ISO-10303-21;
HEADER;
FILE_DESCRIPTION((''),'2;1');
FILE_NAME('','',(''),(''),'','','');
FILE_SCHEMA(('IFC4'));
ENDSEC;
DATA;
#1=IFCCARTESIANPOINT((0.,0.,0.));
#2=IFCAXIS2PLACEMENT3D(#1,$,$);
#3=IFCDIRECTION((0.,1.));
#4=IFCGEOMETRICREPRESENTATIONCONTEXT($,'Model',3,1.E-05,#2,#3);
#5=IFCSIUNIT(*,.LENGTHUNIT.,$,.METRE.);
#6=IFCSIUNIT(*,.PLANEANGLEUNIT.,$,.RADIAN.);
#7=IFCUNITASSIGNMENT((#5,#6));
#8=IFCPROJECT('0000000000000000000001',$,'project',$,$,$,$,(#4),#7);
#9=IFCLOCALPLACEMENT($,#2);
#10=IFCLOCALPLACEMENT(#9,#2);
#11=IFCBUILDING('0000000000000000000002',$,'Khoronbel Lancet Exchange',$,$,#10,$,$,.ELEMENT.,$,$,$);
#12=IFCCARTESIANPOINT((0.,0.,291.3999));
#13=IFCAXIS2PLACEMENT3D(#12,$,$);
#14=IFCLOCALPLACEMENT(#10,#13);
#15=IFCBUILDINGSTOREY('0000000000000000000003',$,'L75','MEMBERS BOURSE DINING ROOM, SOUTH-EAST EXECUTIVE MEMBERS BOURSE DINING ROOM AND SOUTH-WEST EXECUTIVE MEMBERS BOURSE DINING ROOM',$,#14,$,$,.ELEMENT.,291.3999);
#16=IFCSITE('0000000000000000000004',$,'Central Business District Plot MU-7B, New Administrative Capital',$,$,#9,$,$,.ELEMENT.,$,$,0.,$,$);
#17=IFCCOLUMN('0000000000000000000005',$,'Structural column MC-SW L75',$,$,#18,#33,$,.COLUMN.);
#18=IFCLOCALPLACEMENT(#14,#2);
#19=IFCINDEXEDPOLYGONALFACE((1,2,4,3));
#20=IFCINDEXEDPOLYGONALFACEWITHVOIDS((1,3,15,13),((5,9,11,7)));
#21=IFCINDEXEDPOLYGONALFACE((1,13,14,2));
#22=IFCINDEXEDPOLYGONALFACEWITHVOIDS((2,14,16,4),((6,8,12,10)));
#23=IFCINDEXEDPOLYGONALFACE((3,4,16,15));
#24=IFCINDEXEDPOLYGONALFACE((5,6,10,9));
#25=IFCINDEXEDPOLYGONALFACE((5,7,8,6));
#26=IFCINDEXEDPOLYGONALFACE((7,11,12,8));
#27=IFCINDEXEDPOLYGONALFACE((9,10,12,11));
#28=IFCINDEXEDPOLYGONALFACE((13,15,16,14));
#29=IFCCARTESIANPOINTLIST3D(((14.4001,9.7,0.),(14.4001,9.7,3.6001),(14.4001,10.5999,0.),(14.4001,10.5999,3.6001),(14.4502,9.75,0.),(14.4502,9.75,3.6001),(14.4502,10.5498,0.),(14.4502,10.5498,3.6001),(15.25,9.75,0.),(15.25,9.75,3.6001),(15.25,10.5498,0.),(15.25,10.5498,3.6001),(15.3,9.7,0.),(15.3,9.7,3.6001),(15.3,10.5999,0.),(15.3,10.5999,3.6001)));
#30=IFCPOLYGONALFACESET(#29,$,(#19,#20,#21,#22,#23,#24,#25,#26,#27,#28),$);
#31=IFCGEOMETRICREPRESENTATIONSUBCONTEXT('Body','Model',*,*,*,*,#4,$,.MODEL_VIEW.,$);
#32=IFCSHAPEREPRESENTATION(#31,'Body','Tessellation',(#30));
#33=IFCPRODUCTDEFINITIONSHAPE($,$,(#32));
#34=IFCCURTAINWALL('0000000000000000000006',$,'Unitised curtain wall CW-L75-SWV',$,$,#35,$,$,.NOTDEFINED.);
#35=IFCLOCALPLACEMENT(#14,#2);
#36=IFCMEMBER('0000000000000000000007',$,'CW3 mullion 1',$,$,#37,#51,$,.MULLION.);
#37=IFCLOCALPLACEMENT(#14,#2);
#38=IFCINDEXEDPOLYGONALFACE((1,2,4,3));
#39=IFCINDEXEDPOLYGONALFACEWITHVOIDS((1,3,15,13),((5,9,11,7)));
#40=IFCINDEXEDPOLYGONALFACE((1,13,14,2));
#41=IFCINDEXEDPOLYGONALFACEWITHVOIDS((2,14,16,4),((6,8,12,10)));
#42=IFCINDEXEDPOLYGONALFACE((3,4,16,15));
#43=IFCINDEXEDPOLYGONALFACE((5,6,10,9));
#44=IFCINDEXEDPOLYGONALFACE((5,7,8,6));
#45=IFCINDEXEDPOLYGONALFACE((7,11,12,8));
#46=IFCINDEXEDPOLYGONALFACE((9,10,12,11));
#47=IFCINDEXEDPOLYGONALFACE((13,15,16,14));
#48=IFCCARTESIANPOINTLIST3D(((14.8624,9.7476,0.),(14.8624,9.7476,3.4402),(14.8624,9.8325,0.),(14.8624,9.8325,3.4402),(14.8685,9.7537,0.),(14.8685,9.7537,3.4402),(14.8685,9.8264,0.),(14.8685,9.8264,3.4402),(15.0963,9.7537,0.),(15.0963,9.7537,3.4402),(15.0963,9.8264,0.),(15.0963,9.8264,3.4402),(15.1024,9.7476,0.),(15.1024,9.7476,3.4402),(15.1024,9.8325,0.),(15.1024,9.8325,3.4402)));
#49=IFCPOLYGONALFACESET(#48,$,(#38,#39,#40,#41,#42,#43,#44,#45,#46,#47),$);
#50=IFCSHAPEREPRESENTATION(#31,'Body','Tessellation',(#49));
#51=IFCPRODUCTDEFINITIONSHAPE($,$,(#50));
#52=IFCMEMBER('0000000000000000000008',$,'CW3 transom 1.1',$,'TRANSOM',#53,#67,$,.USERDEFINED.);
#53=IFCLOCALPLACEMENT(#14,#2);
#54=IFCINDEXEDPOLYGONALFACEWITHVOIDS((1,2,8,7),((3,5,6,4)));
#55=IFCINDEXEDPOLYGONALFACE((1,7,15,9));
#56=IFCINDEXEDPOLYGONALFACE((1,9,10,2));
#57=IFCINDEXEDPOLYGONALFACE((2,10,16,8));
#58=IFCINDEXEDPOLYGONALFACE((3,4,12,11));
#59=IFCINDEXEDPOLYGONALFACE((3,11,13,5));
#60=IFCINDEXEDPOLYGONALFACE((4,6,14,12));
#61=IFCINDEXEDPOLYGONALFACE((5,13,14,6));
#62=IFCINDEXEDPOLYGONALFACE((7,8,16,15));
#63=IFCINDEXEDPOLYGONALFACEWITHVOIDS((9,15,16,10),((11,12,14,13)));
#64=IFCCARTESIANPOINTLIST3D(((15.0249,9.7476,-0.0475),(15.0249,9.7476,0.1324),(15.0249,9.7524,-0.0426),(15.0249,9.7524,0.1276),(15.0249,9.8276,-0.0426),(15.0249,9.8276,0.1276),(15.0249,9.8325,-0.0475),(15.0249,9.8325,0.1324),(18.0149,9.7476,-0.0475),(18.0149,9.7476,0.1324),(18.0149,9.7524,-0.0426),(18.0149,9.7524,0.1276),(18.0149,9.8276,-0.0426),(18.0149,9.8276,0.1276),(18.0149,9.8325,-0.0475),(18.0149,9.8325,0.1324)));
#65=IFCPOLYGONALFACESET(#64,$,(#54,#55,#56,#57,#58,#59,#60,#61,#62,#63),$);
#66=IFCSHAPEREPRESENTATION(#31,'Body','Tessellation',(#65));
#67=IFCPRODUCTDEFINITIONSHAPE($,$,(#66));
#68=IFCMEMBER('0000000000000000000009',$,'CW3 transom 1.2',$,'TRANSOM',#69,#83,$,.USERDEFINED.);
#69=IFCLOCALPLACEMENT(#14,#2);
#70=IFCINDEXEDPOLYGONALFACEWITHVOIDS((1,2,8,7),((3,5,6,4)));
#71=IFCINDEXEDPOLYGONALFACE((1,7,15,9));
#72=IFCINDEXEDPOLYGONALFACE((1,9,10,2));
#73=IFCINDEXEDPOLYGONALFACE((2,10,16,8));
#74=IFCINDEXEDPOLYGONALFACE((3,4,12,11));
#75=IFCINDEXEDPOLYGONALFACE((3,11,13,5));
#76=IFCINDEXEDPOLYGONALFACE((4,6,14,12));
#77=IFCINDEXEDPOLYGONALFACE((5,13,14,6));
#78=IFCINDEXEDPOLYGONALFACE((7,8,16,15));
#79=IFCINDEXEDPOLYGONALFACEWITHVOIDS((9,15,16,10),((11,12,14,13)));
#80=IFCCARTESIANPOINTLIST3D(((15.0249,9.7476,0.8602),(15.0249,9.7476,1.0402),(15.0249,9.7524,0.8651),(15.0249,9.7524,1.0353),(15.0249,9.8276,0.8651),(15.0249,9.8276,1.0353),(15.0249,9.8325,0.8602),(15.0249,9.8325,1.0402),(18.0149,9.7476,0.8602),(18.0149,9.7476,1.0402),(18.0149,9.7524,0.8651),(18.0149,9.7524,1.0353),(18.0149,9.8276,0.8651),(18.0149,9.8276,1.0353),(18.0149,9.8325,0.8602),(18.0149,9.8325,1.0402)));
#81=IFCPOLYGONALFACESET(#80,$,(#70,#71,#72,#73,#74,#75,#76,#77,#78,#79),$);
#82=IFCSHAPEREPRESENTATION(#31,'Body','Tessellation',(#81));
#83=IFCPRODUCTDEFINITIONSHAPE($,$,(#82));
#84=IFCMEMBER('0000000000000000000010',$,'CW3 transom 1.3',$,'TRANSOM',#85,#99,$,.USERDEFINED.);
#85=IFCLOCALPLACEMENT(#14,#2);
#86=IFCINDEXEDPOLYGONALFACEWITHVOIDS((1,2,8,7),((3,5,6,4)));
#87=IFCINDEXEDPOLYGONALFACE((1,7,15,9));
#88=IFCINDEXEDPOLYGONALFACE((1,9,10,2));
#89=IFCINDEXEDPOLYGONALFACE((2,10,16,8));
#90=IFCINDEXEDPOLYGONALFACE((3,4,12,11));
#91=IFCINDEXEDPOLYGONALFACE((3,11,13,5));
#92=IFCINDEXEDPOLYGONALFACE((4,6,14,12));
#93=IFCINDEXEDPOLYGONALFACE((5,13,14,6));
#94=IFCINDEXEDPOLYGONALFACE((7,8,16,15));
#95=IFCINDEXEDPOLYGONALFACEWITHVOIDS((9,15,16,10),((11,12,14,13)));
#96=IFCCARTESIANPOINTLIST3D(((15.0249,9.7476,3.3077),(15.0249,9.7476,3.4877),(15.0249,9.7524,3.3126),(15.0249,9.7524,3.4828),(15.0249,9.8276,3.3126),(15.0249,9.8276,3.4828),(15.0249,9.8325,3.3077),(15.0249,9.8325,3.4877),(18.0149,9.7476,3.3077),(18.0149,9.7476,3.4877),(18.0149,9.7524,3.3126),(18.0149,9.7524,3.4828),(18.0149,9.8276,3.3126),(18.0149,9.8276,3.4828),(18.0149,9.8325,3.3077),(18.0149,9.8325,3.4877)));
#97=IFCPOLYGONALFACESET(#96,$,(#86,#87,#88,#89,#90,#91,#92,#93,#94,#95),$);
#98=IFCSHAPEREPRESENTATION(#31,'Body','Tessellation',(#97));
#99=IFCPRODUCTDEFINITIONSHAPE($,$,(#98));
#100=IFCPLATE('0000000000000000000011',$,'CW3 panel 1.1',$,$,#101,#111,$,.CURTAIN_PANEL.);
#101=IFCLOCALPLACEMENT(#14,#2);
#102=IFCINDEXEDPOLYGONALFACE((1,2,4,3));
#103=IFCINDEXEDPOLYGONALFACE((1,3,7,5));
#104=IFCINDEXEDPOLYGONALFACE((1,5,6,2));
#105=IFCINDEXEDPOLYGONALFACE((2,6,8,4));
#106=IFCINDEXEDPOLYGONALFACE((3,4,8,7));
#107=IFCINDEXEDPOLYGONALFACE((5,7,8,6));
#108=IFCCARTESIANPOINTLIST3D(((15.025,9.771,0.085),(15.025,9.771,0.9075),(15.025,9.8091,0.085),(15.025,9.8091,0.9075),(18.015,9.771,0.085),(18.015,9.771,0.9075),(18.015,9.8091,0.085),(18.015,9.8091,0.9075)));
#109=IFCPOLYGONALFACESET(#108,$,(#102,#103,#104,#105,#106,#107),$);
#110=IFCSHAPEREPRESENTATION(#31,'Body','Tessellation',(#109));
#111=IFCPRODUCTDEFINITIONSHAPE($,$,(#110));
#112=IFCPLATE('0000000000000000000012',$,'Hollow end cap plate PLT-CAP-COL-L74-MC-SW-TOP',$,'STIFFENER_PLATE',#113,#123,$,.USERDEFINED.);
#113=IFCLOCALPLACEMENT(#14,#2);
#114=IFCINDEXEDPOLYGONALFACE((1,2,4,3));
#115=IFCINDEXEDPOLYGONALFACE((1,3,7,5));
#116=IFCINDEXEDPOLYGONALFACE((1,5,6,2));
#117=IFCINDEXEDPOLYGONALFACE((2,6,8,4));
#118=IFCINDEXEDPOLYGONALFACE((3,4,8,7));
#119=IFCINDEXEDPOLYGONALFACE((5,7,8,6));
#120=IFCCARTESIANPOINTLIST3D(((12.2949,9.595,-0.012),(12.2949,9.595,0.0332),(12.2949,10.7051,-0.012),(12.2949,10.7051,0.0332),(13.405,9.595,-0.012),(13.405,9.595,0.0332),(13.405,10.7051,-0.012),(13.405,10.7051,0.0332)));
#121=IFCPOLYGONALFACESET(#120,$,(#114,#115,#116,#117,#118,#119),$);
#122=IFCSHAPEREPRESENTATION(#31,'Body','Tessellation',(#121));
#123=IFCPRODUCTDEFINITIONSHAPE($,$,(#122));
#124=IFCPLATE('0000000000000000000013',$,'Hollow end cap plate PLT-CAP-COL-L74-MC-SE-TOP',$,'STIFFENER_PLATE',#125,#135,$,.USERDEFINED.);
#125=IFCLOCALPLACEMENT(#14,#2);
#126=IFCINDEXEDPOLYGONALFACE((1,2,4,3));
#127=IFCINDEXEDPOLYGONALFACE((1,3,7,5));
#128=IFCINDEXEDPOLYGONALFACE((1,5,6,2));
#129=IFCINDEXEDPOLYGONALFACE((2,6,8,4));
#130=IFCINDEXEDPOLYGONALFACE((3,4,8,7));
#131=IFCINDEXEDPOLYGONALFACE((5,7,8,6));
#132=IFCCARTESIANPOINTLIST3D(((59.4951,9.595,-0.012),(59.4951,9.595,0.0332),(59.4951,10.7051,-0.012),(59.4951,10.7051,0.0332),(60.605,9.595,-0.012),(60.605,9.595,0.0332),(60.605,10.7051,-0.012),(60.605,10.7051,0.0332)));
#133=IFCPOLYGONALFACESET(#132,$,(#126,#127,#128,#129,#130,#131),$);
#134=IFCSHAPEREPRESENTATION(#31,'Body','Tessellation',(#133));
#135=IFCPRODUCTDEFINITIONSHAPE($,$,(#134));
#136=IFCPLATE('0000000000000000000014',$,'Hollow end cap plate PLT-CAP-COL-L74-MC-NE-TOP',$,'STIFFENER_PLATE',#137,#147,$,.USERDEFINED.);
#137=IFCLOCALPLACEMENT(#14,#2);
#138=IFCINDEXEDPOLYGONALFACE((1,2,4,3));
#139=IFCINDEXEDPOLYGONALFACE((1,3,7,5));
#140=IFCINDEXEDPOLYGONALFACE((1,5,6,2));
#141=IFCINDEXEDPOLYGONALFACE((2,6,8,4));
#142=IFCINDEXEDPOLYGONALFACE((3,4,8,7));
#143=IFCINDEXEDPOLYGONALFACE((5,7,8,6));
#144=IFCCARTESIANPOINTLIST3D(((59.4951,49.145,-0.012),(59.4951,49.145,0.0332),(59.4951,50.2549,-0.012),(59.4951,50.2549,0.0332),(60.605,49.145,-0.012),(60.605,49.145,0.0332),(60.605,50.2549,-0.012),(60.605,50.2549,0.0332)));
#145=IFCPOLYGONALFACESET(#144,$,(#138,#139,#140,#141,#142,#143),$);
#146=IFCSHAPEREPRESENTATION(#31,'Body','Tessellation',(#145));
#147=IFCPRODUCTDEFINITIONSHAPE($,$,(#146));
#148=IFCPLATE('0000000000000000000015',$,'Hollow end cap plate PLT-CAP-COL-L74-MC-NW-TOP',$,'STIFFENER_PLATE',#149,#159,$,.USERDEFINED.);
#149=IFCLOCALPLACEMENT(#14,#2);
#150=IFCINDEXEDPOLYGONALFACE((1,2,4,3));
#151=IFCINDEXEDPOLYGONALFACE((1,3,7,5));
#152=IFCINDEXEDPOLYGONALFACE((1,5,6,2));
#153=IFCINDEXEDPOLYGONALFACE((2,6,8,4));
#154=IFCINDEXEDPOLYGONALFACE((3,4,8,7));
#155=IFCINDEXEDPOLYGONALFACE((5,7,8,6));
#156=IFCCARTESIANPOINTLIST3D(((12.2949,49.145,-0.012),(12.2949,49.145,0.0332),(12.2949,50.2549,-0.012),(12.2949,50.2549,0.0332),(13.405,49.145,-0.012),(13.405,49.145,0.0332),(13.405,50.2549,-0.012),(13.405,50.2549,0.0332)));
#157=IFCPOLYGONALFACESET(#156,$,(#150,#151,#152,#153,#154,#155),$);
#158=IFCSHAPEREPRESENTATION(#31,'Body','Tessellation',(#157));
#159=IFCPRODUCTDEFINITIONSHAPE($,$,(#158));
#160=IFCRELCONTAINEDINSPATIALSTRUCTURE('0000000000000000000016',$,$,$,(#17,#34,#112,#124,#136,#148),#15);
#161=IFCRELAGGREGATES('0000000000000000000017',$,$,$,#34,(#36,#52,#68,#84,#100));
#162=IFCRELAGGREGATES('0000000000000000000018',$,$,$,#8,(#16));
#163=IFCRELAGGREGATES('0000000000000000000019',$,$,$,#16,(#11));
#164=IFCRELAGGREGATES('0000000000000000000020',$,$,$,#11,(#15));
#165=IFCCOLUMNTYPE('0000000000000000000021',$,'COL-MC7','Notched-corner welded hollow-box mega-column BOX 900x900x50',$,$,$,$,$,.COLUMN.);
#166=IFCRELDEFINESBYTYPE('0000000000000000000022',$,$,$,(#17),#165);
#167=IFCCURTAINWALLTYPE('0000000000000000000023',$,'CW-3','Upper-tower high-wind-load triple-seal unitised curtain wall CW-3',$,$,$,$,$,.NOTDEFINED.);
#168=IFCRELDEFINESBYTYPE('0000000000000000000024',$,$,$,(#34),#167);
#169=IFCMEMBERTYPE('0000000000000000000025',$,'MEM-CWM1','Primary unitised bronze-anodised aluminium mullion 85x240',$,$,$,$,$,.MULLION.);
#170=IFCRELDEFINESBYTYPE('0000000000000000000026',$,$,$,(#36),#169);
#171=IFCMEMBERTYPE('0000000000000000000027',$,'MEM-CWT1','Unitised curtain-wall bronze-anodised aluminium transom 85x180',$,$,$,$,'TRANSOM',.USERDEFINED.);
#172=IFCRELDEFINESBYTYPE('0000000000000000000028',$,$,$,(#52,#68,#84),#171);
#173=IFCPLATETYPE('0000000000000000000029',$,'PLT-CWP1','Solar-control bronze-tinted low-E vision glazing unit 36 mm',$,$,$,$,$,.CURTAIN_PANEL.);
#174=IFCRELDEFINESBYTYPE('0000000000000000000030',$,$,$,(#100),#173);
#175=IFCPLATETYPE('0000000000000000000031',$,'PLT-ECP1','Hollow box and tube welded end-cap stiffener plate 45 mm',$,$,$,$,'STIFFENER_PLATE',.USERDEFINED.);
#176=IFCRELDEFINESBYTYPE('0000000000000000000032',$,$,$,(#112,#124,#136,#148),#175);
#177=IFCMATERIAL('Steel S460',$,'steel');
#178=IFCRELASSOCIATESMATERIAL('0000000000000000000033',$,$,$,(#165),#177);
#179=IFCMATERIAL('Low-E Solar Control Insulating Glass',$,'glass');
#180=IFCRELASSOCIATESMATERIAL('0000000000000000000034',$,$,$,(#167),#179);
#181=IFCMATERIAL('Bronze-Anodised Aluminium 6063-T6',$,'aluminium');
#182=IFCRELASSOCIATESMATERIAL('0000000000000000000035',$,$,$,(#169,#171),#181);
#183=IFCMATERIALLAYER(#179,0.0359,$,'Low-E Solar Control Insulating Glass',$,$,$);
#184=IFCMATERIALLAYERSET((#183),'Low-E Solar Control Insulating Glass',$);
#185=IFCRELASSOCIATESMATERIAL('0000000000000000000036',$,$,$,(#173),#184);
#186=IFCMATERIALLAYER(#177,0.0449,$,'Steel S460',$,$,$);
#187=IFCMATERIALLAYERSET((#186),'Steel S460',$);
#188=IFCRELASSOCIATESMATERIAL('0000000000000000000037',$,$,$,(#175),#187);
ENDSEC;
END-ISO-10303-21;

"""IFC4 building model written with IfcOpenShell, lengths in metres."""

from ifc_helpers import new_model, si_unit, direction, frame, origin, origin_2d, place, context, subcontext, project, spatial, polyline, rectangle, hollow_rectangle, outline, extrude, material, layer, layer_set, material_profile, profile_set, type_object, element, aggregate, save


model = new_model("IFC4")

# Units and contexts
model_context = context("Model", 3, precision=1e-05, world=origin(), true_north=direction((0.0, 1.0)))
body_context = subcontext(model_context, "Body", "Model", "MODEL_VIEW")
ifc_project = project(units=[si_unit("LENGTHUNIT", "METRE"), si_unit("PLANEANGLEUNIT", "RADIAN")], contexts=[model_context])

# Site, building, storey
site_placement = place(None, origin())
site = spatial("IfcSite", under=ifc_project, at=site_placement, Name="Central Business District Plot MU-7B, New Administrative Capital", CompositionType="ELEMENT", RefElevation=0.0)
building_placement = place(site_placement, origin())
building = spatial("IfcBuilding", under=site, at=building_placement, Name="Khoronbel Lancet Exchange", CompositionType="ELEMENT")
storey_placement = place(building_placement, frame((0.0, 0.0, 291.3999)))
storey = spatial("IfcBuildingStorey", under=building, at=storey_placement, Name="L75", Description="MEMBERS BOURSE DINING ROOM, SOUTH-EAST EXECUTIVE MEMBERS BOURSE DINING ROOM AND SOUTH-WEST EXECUTIVE MEMBERS BOURSE DINING ROOM", CompositionType="ELEMENT", Elevation=291.3999)

# Column
ifc_material_1 = material(Name="Steel S460", Category="steel")
ifc_material_profile_1 = material_profile(ifc_material_1, hollow_rectangle(XDim=0.8999, YDim=0.8999, WallThickness=0.05, at=origin_2d()), Name="BOX 900x900x50")
ifc_profile_set_1 = profile_set([ifc_material_profile_1], Name="Steel S460")
column_type = type_object("IfcColumnType", Name="COL-MC7", Description="Notched-corner welded hollow-box mega-column BOX 900x900x50", PredefinedType="COLUMN", material=ifc_profile_set_1)
column_placement = place(storey_placement, frame((14.8501, 10.1499, 0.0), z_axis=(0.0, 0.0, 1.0), x_axis=(1.0, 0.0, 0.0)))
element("IfcColumn", 1, at=column_placement, inside=storey, type_object=column_type, Name="Structural column MC-SW L75", PredefinedType="COLUMN", context=body_context, shape_type="SweptSolid", body=[
    extrude(hollow_rectangle(XDim=0.8999, YDim=0.8999, WallThickness=0.05, at=origin_2d()), origin(), (0.0, 0.0, 1.0), 3.6001),
])

# Curtain wall, members, plate
ifc_material_2 = material(Name="Low-E Solar Control Insulating Glass", Category="glass")
curtain_wall_type = type_object("IfcCurtainWallType", Name="CW-3", Description="Upper-tower high-wind-load triple-seal unitised curtain wall CW-3", PredefinedType="NOTDEFINED", material=ifc_material_2)
curtain_wall_placement = place(storey_placement, origin())
curtain_wall = element("IfcCurtainWall", 2, at=curtain_wall_placement, inside=storey, type_object=curtain_wall_type, Name="Unitised curtain wall CW-L75-SWV", PredefinedType="NOTDEFINED")
ifc_material_3 = material(Name="Bronze-Anodised Aluminium 6063-T6", Category="aluminium")
ifc_material_profile_2 = material_profile(ifc_material_3, hollow_rectangle(XDim=0.085, YDim=0.24, WallThickness=0.0061, at=origin_2d()), Name="ALU MULLION 85x240")
ifc_profile_set_2 = profile_set([ifc_material_profile_2], Name="Bronze-Anodised Aluminium 6063-T6")
member_type_1 = type_object("IfcMemberType", Name="MEM-CWM1", Description="Primary unitised bronze-anodised aluminium mullion 85x240", PredefinedType="MULLION", material=ifc_profile_set_2)
member_1_placement = place(storey_placement, frame((14.9824, 9.79, 0.0), z_axis=(0.0, 0.0, 1.0), x_axis=(0.0, 1.0, 0.0)))
member_1 = element("IfcMember", 3, at=member_1_placement, type_object=member_type_1, Name="CW3 mullion 1", PredefinedType="MULLION", context=body_context, shape_type="SweptSolid", body=[
    extrude(hollow_rectangle(XDim=0.085, YDim=0.24, WallThickness=0.0061, at=origin_2d()), origin(), (0.0, 0.0, 1.0), 3.4402),
])
ifc_material_profile_3 = material_profile(ifc_material_3, hollow_rectangle(XDim=0.085, YDim=0.1799, WallThickness=0.0049, at=origin_2d()), Name="ALU TRANSOM 85x180")
ifc_profile_set_3 = profile_set([ifc_material_profile_3], Name="Bronze-Anodised Aluminium 6063-T6")
member_type_2 = type_object("IfcMemberType", Name="MEM-CWT1", Description="Unitised curtain-wall bronze-anodised aluminium transom 85x180", ElementType="TRANSOM", PredefinedType="USERDEFINED", material=ifc_profile_set_3)
member_2_placement = place(storey_placement, frame((15.0249, 9.79, 0.0425), z_axis=(1.0, 0.0, 0.0), x_axis=(0.0, 1.0, 0.0)))
member_2 = element("IfcMember", 4, at=member_2_placement, type_object=member_type_2, Name="CW3 transom 1.1", ObjectType="TRANSOM", PredefinedType="USERDEFINED", context=body_context, shape_type="SweptSolid", body=[
    extrude(hollow_rectangle(XDim=0.085, YDim=0.1799, WallThickness=0.0049, at=origin_2d()), origin(), (0.0, 0.0, 1.0), 2.99),
])
member_3_placement = place(storey_placement, frame((15.0249, 9.79, 0.9502), z_axis=(1.0, 0.0, 0.0), x_axis=(0.0, 1.0, 0.0)))
member_3 = element("IfcMember", 5, at=member_3_placement, type_object=member_type_2, Name="CW3 transom 1.2", ObjectType="TRANSOM", PredefinedType="USERDEFINED", context=body_context, shape_type="SweptSolid", body=[
    extrude(hollow_rectangle(XDim=0.085, YDim=0.1799, WallThickness=0.0049, at=origin_2d()), origin(), (0.0, 0.0, 1.0), 2.99),
])
member_4_placement = place(storey_placement, frame((15.0249, 9.79, 3.3977), z_axis=(1.0, 0.0, 0.0), x_axis=(0.0, 1.0, 0.0)))
member_4 = element("IfcMember", 6, at=member_4_placement, type_object=member_type_2, Name="CW3 transom 1.3", ObjectType="TRANSOM", PredefinedType="USERDEFINED", context=body_context, shape_type="SweptSolid", body=[
    extrude(hollow_rectangle(XDim=0.085, YDim=0.1799, WallThickness=0.0049, at=origin_2d()), origin(), (0.0, 0.0, 1.0), 2.99),
])
ifc_layer_1 = layer(ifc_material_2, 0.0359, Name="Low-E Solar Control Insulating Glass")
ifc_layer_set_1 = layer_set([ifc_layer_1], Name="Low-E Solar Control Insulating Glass")
plate_type_1 = type_object("IfcPlateType", Name="PLT-CWP1", Description="Solar-control bronze-tinted low-E vision glazing unit 36 mm", PredefinedType="CURTAIN_PANEL", material=ifc_layer_set_1)
plate_1_placement = place(storey_placement, frame((16.52, 9.79, 0.085), z_axis=(0.0, 0.0, 1.0), x_axis=(1.0, 0.0, 0.0)))
plate_1 = element("IfcPlate", 7, at=plate_1_placement, type_object=plate_type_1, Name="CW3 panel 1.1", PredefinedType="CURTAIN_PANEL", context=body_context, shape_type="SweptSolid", body=[
    extrude(rectangle(XDim=2.99, YDim=0.0381, at=origin_2d()), origin(), (0.0, 0.0, 1.0), 0.8225),
])
aggregate(curtain_wall, [member_1, member_2, member_3, member_4, plate_1])

# Plates
ifc_layer_2 = layer(ifc_material_1, 0.0449, Name="Steel S460")
ifc_layer_set_2 = layer_set([ifc_layer_2], Name="Steel S460")
plate_type_2 = type_object("IfcPlateType", Name="PLT-ECP1", Description="Hollow box and tube welded end-cap stiffener plate 45 mm", ElementType="STIFFENER_PLATE", PredefinedType="USERDEFINED", material=ifc_layer_set_2)
plate_2_placement = place(storey_placement, frame((0.0, 0.0, -0.012)))
element("IfcPlate", 8, at=plate_2_placement, inside=storey, type_object=plate_type_2, Name="Hollow end cap plate PLT-CAP-COL-L74-MC-SW-TOP", ObjectType="STIFFENER_PLATE", PredefinedType="USERDEFINED", context=body_context, shape_type="SweptSolid", body=[
    extrude(outline(polyline([(12.2949, 9.595), (13.405, 9.595), (13.405, 10.7051), (12.2949, 10.7051), (12.2949, 9.595)])), origin(), (0.0, 0.0, 1.0), 0.0452),
])
plate_3_placement = place(storey_placement, frame((0.0, 0.0, -0.012)))
element("IfcPlate", 9, at=plate_3_placement, inside=storey, type_object=plate_type_2, Name="Hollow end cap plate PLT-CAP-COL-L74-MC-SE-TOP", ObjectType="STIFFENER_PLATE", PredefinedType="USERDEFINED", context=body_context, shape_type="SweptSolid", body=[
    extrude(outline(polyline([(59.4951, 9.595), (60.605, 9.595), (60.605, 10.7051), (59.4951, 10.7051), (59.4951, 9.595)])), origin(), (0.0, 0.0, 1.0), 0.0452),
])
plate_4_placement = place(storey_placement, frame((0.0, 0.0, -0.012)))
element("IfcPlate", 10, at=plate_4_placement, inside=storey, type_object=plate_type_2, Name="Hollow end cap plate PLT-CAP-COL-L74-MC-NE-TOP", ObjectType="STIFFENER_PLATE", PredefinedType="USERDEFINED", context=body_context, shape_type="SweptSolid", body=[
    extrude(outline(polyline([(59.4951, 49.145), (60.605, 49.145), (60.605, 50.2549), (59.4951, 50.2549), (59.4951, 49.145)])), origin(), (0.0, 0.0, 1.0), 0.0452),
])
plate_5_placement = place(storey_placement, frame((0.0, 0.0, -0.012)))
element("IfcPlate", 11, at=plate_5_placement, inside=storey, type_object=plate_type_2, Name="Hollow end cap plate PLT-CAP-COL-L74-MC-NW-TOP", ObjectType="STIFFENER_PLATE", PredefinedType="USERDEFINED", context=body_context, shape_type="SweptSolid", body=[
    extrude(outline(polyline([(12.2949, 49.145), (13.405, 49.145), (13.405, 50.2549), (12.2949, 50.2549), (12.2949, 49.145)])), origin(), (0.0, 0.0, 1.0), 0.0452),
])

save(model, "model.ifc")
